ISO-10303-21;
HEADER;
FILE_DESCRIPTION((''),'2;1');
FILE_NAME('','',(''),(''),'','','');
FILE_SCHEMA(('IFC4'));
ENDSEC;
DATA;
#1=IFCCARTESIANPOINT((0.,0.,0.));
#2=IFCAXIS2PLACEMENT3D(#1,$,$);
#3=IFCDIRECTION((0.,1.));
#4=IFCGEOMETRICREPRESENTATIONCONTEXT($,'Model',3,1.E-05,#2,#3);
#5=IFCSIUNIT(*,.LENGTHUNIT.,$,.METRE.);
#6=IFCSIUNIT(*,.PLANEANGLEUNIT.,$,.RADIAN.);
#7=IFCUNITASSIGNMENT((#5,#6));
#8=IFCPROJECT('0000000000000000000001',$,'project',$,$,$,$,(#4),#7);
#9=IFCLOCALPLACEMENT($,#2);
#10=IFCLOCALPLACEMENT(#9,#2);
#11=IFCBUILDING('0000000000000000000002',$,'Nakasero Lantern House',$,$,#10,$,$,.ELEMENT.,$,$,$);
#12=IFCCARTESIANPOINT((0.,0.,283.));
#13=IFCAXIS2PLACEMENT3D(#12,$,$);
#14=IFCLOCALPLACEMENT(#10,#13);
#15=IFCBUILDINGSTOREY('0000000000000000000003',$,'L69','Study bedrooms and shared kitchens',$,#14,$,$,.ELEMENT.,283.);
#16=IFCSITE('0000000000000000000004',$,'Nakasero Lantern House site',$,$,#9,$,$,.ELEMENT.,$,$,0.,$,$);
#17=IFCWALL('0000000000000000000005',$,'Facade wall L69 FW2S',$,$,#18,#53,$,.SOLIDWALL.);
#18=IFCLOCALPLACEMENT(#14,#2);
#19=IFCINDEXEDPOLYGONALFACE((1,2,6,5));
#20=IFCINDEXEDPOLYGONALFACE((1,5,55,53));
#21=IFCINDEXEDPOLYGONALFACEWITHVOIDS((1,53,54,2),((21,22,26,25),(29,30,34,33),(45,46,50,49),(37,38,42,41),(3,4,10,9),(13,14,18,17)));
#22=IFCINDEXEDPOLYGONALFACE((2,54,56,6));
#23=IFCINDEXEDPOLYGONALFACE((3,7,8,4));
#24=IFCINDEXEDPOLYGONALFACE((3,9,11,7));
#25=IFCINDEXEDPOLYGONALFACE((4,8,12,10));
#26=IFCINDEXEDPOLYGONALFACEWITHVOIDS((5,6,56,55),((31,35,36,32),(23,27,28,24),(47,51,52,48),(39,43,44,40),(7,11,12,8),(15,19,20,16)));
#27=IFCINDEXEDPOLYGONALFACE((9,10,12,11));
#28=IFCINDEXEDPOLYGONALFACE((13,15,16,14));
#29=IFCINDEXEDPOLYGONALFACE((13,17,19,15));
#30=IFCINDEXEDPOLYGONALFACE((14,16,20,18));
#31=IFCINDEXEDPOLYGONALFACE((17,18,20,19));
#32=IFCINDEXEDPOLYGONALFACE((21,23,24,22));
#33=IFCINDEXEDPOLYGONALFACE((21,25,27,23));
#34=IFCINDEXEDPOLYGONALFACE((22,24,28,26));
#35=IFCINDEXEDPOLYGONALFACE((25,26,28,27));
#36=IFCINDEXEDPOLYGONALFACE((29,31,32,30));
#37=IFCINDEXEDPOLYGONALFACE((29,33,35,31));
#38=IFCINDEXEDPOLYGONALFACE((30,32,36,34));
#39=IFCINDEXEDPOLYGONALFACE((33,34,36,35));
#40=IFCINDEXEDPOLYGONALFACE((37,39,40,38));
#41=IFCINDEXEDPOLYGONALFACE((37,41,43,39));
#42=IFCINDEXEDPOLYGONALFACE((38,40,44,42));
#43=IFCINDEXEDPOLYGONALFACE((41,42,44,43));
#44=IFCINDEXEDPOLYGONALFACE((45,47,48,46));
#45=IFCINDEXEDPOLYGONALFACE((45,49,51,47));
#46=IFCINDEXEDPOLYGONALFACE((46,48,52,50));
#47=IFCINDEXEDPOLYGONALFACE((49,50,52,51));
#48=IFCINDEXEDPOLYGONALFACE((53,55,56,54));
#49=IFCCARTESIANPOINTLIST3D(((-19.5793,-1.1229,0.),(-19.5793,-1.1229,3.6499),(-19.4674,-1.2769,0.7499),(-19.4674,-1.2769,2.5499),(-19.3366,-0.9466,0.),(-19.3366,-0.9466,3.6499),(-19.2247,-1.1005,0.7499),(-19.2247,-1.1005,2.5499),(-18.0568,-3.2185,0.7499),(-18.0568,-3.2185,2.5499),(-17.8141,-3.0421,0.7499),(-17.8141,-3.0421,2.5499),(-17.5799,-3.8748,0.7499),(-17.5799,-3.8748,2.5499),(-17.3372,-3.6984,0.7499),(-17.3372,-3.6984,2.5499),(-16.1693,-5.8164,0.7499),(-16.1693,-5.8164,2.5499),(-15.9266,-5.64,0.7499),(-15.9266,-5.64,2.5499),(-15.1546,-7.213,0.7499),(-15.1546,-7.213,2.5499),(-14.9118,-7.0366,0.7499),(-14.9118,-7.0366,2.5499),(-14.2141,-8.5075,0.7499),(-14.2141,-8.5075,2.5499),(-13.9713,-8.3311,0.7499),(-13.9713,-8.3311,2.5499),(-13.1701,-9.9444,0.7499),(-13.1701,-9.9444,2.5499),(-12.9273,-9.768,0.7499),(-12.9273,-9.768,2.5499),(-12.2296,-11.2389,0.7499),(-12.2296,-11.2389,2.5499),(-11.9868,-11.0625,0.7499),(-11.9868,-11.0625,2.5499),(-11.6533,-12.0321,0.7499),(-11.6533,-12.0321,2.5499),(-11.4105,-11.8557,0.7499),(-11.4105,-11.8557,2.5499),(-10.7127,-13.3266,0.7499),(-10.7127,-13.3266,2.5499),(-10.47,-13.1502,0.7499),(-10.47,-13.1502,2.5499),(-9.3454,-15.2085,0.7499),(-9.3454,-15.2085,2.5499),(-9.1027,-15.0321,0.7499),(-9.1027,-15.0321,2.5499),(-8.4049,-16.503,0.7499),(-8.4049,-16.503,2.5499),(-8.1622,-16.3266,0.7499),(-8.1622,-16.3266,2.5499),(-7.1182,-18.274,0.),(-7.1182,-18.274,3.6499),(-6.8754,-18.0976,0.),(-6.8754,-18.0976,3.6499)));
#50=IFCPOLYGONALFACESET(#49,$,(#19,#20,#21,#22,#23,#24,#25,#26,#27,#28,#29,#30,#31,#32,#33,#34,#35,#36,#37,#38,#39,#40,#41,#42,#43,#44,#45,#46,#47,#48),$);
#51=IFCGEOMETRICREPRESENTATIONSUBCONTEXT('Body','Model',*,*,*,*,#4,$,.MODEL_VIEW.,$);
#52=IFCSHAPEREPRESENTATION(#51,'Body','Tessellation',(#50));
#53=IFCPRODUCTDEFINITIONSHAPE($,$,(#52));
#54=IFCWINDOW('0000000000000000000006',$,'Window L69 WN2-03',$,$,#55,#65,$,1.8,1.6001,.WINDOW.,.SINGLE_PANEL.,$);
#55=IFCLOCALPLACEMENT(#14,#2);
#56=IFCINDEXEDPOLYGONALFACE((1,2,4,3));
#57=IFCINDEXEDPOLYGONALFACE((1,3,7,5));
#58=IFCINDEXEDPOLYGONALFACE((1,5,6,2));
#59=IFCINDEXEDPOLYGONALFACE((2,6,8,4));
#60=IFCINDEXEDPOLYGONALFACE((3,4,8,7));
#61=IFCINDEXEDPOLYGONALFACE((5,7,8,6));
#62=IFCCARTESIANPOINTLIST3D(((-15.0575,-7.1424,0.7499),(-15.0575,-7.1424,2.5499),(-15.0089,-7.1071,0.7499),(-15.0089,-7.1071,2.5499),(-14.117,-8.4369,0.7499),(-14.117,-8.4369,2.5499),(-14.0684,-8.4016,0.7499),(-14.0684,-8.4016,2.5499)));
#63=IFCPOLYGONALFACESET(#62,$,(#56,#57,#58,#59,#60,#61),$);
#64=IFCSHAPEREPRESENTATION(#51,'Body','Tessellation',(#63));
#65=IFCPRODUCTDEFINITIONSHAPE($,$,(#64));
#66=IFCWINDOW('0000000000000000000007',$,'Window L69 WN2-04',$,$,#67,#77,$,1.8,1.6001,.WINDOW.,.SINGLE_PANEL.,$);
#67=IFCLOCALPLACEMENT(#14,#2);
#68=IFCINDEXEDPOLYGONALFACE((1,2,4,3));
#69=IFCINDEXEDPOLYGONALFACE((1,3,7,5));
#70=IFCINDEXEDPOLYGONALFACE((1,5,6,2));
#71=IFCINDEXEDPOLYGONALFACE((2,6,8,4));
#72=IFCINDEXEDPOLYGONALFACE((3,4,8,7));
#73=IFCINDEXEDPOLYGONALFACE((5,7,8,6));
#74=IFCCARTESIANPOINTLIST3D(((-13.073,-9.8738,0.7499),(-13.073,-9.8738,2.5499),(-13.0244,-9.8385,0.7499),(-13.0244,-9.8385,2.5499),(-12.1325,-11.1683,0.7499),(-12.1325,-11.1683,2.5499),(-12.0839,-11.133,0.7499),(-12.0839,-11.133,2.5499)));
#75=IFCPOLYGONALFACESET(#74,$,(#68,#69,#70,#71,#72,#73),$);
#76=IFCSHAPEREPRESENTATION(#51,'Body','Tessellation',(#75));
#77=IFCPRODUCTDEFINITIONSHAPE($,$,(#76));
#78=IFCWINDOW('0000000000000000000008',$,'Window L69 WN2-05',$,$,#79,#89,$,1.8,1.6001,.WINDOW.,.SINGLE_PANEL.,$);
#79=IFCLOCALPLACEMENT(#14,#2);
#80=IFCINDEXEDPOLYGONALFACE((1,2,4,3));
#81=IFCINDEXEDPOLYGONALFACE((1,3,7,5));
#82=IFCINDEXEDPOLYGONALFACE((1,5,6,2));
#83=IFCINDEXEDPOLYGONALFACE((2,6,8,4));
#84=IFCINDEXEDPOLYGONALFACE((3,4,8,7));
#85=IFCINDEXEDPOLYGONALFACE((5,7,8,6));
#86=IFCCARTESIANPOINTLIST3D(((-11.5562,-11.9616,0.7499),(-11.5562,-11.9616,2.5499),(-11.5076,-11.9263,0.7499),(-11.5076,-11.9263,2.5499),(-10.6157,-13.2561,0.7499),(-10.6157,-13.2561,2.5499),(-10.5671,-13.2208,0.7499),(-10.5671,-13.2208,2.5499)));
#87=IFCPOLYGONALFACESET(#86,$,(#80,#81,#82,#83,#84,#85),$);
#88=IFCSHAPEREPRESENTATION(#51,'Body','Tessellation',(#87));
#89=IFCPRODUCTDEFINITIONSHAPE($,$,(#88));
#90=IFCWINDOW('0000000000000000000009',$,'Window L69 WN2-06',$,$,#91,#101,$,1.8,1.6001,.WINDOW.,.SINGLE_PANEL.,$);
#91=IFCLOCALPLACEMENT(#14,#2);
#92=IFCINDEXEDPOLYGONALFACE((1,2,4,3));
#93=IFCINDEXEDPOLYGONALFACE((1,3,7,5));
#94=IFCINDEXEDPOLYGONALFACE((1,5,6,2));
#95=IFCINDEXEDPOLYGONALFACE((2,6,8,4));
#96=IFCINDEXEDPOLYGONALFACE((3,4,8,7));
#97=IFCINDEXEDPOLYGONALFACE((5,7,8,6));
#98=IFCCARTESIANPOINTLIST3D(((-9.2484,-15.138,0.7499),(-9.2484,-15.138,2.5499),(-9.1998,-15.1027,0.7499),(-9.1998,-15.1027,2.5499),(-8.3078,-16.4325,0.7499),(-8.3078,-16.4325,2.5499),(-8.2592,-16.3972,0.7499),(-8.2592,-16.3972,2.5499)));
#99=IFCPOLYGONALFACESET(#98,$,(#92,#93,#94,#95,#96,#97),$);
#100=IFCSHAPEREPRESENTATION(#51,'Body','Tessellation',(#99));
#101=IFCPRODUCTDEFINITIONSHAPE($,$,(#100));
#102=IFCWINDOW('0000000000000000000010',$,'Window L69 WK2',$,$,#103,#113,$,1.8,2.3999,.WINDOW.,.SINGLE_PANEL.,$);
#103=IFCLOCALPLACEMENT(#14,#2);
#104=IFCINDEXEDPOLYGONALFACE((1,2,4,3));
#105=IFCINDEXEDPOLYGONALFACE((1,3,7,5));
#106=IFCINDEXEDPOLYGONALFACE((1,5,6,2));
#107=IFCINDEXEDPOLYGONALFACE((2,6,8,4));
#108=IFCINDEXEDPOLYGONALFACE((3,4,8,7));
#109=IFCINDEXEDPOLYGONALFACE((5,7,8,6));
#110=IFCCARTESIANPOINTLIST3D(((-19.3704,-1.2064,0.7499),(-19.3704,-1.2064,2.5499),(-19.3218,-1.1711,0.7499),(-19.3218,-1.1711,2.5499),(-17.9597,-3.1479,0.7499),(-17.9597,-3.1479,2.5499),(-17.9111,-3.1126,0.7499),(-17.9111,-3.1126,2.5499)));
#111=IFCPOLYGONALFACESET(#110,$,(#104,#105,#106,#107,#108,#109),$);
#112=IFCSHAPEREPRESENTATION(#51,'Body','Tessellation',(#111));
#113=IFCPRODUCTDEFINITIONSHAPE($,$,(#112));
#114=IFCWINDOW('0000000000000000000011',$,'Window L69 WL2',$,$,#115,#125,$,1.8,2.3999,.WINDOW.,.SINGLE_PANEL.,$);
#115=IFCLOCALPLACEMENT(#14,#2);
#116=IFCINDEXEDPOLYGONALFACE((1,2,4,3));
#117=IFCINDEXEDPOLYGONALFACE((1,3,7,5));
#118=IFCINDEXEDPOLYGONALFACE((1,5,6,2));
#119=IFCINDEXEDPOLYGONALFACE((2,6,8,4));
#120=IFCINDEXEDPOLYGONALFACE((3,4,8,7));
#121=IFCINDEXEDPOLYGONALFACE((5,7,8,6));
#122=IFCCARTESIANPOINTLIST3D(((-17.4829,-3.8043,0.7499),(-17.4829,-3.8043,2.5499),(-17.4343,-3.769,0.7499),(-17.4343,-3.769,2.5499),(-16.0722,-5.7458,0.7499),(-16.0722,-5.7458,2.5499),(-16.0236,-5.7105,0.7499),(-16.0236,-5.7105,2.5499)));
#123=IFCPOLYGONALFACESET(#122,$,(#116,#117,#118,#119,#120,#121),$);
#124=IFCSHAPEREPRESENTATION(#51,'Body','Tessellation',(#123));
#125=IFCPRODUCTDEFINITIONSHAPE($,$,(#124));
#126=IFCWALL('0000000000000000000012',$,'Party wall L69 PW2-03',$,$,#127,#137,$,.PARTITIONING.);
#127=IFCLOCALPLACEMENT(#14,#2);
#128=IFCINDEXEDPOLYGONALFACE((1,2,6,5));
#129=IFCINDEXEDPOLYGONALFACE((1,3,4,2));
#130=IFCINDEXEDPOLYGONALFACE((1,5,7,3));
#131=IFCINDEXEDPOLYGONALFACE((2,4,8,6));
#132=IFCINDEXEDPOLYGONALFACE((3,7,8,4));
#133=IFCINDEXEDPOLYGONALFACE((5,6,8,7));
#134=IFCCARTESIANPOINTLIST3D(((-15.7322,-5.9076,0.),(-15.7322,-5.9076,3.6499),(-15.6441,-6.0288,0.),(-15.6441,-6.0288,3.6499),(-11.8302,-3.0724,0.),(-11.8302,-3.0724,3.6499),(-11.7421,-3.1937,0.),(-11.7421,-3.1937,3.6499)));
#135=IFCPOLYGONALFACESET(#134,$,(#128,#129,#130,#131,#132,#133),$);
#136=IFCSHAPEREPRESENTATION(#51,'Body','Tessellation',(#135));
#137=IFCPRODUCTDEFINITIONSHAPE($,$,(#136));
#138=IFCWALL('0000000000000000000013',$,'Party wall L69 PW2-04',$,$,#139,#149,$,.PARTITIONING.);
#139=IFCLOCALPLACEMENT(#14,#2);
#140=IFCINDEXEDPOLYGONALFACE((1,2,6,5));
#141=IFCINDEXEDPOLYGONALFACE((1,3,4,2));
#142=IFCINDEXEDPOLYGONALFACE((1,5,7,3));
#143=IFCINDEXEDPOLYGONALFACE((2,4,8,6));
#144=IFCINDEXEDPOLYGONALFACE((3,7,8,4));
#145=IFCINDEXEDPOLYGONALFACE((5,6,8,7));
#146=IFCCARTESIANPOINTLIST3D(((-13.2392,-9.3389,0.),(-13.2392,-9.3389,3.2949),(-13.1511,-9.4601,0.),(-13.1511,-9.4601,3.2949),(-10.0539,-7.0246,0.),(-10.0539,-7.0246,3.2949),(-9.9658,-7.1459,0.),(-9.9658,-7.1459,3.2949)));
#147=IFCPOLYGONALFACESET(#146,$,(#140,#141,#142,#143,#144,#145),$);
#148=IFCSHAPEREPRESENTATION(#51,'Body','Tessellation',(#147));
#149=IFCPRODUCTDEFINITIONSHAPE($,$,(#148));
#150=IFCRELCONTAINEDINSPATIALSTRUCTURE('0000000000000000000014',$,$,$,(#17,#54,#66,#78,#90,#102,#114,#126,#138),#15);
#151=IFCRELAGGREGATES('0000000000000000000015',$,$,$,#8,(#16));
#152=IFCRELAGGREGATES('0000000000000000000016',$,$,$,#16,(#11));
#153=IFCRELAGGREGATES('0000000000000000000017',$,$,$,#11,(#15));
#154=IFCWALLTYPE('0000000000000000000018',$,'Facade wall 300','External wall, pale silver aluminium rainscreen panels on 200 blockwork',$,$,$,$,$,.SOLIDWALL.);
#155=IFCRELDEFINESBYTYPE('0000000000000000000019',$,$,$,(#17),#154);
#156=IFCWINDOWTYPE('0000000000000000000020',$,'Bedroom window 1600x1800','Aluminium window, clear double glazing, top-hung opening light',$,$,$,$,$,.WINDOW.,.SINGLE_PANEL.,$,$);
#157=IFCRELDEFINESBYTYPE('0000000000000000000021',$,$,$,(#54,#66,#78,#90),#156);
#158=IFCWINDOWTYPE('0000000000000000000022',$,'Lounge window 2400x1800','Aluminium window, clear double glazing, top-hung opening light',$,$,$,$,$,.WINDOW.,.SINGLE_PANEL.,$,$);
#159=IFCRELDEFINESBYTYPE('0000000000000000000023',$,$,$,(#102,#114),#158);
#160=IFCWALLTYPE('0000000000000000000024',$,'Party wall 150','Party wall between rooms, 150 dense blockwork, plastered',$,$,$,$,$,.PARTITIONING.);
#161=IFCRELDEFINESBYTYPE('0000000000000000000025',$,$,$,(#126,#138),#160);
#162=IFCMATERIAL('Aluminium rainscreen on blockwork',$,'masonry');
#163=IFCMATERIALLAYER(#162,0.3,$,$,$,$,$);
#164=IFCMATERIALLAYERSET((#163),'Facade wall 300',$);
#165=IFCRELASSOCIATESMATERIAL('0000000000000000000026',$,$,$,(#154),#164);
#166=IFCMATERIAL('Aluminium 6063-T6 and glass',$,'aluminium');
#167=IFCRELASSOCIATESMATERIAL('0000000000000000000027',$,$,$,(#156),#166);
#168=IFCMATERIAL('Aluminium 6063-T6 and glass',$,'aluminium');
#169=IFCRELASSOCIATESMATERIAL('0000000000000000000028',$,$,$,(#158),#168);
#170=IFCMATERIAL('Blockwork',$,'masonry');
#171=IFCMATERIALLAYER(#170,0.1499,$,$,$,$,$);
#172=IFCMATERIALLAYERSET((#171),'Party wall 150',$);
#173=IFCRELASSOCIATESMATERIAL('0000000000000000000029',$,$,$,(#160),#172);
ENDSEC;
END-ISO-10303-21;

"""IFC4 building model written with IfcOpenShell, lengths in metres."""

from ifc_helpers import new_model, si_unit, direction, frame, frame_2d, origin, place, context, subcontext, project, spatial, rectangle, extrude, material, layer, layer_set, type_object, element, fill, save


model = new_model("IFC4")

# Units and contexts
model_context = context("Model", 3, precision=1e-05, world=origin(), true_north=direction((0.0, 1.0)))
body_context = subcontext(model_context, "Body", "Model", "MODEL_VIEW")
ifc_project = project(units=[si_unit("LENGTHUNIT", "METRE"), si_unit("PLANEANGLEUNIT", "RADIAN")], contexts=[model_context])

# Site, building, storey
site_placement = place(None, origin())
site = spatial("IfcSite", under=ifc_project, at=site_placement, Name="Nakasero Lantern House site", CompositionType="ELEMENT", RefElevation=0.0)
building_placement = place(site_placement, origin())
building = spatial("IfcBuilding", under=site, at=building_placement, Name="Nakasero Lantern House", CompositionType="ELEMENT")
storey_placement = place(building_placement, frame((0.0, 0.0, 283.0)))
storey = spatial("IfcBuildingStorey", under=building, at=storey_placement, Name="L69", Description="Study bedrooms and shared kitchens", CompositionType="ELEMENT", Elevation=283.0)

# Wall, openings, windows
ifc_material_1 = material(Name="Aluminium rainscreen on blockwork", Category="masonry")
ifc_layer_1 = layer(ifc_material_1, 0.3)
ifc_layer_set_1 = layer_set([ifc_layer_1], Name="Facade wall 300")
wall_type_1 = type_object("IfcWallType", Name="Facade wall 300", Description="External wall, pale silver aluminium rainscreen panels on 200 blockwork", PredefinedType="SOLIDWALL", material=ifc_layer_set_1)
wall_1_placement = place(storey_placement, frame((-19.458, -1.0347, 0.0), z_axis=(0.0, 0.0, 1.0), x_axis=(0.58779, -0.809013, 0.0)))
wall_1 = element("IfcWall", 1, at=wall_1_placement, inside=storey, type_object=wall_type_1, Name="Facade wall L69 FW2S", PredefinedType="SOLIDWALL", context=body_context, shape_type="SweptSolid", body=[
    extrude(rectangle(XDim=21.2, YDim=0.3, at=frame_2d((10.6001, 0.0))), origin(), (0.0, 0.0, 1.0), 3.6499),
])
opening_1_placement = place(wall_1_placement, frame((7.5278, 0.0, 0.75)))
opening_1 = element("IfcOpeningElement", 2, at=opening_1_placement, cuts=wall_1, PredefinedType="OPENING", context=body_context, shape_type="SweptSolid", body=[
    extrude(rectangle(XDim=1.6001, YDim=1.8, at=frame_2d((0.8, 0.8999))), frame((0.0, 0.1699, 0.0), z_axis=(0.0, -1.0, 0.0), x_axis=(1.0, 0.0, 0.0)), (0.0, 0.0, 1.0), 0.3401),
])
opening_2_placement = place(wall_1_placement, frame((10.9041, 0.0, 0.75)))
opening_2 = element("IfcOpeningElement", 3, at=opening_2_placement, cuts=wall_1, PredefinedType="OPENING", context=body_context, shape_type="SweptSolid", body=[
    extrude(rectangle(XDim=1.6001, YDim=1.8, at=frame_2d((0.8, 0.8999))), frame((0.0, 0.1699, 0.0), z_axis=(0.0, -1.0, 0.0), x_axis=(1.0, 0.0, 0.0)), (0.0, 0.0, 1.0), 0.3401),
])
opening_3_placement = place(wall_1_placement, frame((13.4846, 0.0, 0.75)))
opening_3 = element("IfcOpeningElement", 4, at=opening_3_placement, cuts=wall_1, PredefinedType="OPENING", context=body_context, shape_type="SweptSolid", body=[
    extrude(rectangle(XDim=1.6001, YDim=1.8, at=frame_2d((0.8, 0.8999))), frame((0.0, 0.1699, 0.0), z_axis=(0.0, -1.0, 0.0), x_axis=(1.0, 0.0, 0.0)), (0.0, 0.0, 1.0), 0.3401),
])
opening_4_placement = place(wall_1_placement, frame((17.4109, 0.0, 0.75)))
opening_4 = element("IfcOpeningElement", 5, at=opening_4_placement, cuts=wall_1, PredefinedType="OPENING", context=body_context, shape_type="SweptSolid", body=[
    extrude(rectangle(XDim=1.6001, YDim=1.8, at=frame_2d((0.8, 0.8999))), frame((0.0, 0.1699, 0.0), z_axis=(0.0, -1.0, 0.0), x_axis=(1.0, 0.0, 0.0)), (0.0, 0.0, 1.0), 0.3401),
])
opening_5_placement = place(wall_1_placement, frame((0.1904, 0.0, 0.75)))
opening_5 = element("IfcOpeningElement", 6, at=opening_5_placement, cuts=wall_1, PredefinedType="OPENING", context=body_context, shape_type="SweptSolid", body=[
    extrude(rectangle(XDim=2.3999, YDim=1.8, at=frame_2d((1.2, 0.8999))), frame((0.0, 0.1699, 0.0), z_axis=(0.0, -1.0, 0.0), x_axis=(1.0, 0.0, 0.0)), (0.0, 0.0, 1.0), 0.3401),
])
opening_6_placement = place(wall_1_placement, frame((3.4016, 0.0, 0.75)))
opening_6 = element("IfcOpeningElement", 7, at=opening_6_placement, cuts=wall_1, PredefinedType="OPENING", context=body_context, shape_type="SweptSolid", body=[
    extrude(rectangle(XDim=2.3999, YDim=1.8, at=frame_2d((1.2, 0.8999))), frame((0.0, 0.1699, 0.0), z_axis=(0.0, -1.0, 0.0), x_axis=(1.0, 0.0, 0.0)), (0.0, 0.0, 1.0), 0.3401),
])
ifc_material_2 = material(Name="Aluminium 6063-T6 and glass", Category="aluminium")
window_type_1 = type_object("IfcWindowType", Name="Bedroom window 1600x1800", Description="Aluminium window, clear double glazing, top-hung opening light", PartitioningType="SINGLE_PANEL", PredefinedType="WINDOW", material=ifc_material_2)
window_1_placement = place(opening_1_placement, origin())
window_1 = element("IfcWindow", 8, at=window_1_placement, inside=storey, type_object=window_type_1, Name="Window L69 WN2-03", OverallHeight=1.8, OverallWidth=1.6001, PartitioningType="SINGLE_PANEL", PredefinedType="WINDOW", context=body_context, shape_type="SweptSolid", body=[
    extrude(rectangle(XDim=1.6001, YDim=1.8, at=frame_2d((0.8, 0.8999))), frame((0.0, 0.03, 0.0), z_axis=(0.0, -1.0, 0.0), x_axis=(1.0, 0.0, 0.0)), (0.0, 0.0, 1.0), 0.0601),
])
fill(opening_1, window_1)
window_2_placement = place(opening_2_placement, origin())
window_2 = element("IfcWindow", 9, at=window_2_placement, inside=storey, type_object=window_type_1, Name="Window L69 WN2-04", OverallHeight=1.8, OverallWidth=1.6001, PartitioningType="SINGLE_PANEL", PredefinedType="WINDOW", context=body_context, shape_type="SweptSolid", body=[
    extrude(rectangle(XDim=1.6001, YDim=1.8, at=frame_2d((0.8, 0.8999))), frame((0.0, 0.03, 0.0), z_axis=(0.0, -1.0, 0.0), x_axis=(1.0, 0.0, 0.0)), (0.0, 0.0, 1.0), 0.0601),
])
fill(opening_2, window_2)
window_3_placement = place(opening_3_placement, origin())
window_3 = element("IfcWindow", 10, at=window_3_placement, inside=storey, type_object=window_type_1, Name="Window L69 WN2-05", OverallHeight=1.8, OverallWidth=1.6001, PartitioningType="SINGLE_PANEL", PredefinedType="WINDOW", context=body_context, shape_type="SweptSolid", body=[
    extrude(rectangle(XDim=1.6001, YDim=1.8, at=frame_2d((0.8, 0.8999))), frame((0.0, 0.03, 0.0), z_axis=(0.0, -1.0, 0.0), x_axis=(1.0, 0.0, 0.0)), (0.0, 0.0, 1.0), 0.0601),
])
fill(opening_3, window_3)
window_4_placement = place(opening_4_placement, origin())
window_4 = element("IfcWindow", 11, at=window_4_placement, inside=storey, type_object=window_type_1, Name="Window L69 WN2-06", OverallHeight=1.8, OverallWidth=1.6001, PartitioningType="SINGLE_PANEL", PredefinedType="WINDOW", context=body_context, shape_type="SweptSolid", body=[
    extrude(rectangle(XDim=1.6001, YDim=1.8, at=frame_2d((0.8, 0.8999))), frame((0.0, 0.03, 0.0), z_axis=(0.0, -1.0, 0.0), x_axis=(1.0, 0.0, 0.0)), (0.0, 0.0, 1.0), 0.0601),
])
fill(opening_4, window_4)
ifc_material_3 = material(Name="Aluminium 6063-T6 and glass", Category="aluminium")
window_type_2 = type_object("IfcWindowType", Name="Lounge window 2400x1800", Description="Aluminium window, clear double glazing, top-hung opening light", PartitioningType="SINGLE_PANEL", PredefinedType="WINDOW", material=ifc_material_3)
window_5_placement = place(opening_5_placement, origin())
window_5 = element("IfcWindow", 12, at=window_5_placement, inside=storey, type_object=window_type_2, Name="Window L69 WK2", OverallHeight=1.8, OverallWidth=2.3999, PartitioningType="SINGLE_PANEL", PredefinedType="WINDOW", context=body_context, shape_type="SweptSolid", body=[
    extrude(rectangle(XDim=2.3999, YDim=1.8, at=frame_2d((1.2, 0.8999))), frame((0.0, 0.03, 0.0), z_axis=(0.0, -1.0, 0.0), x_axis=(1.0, 0.0, 0.0)), (0.0, 0.0, 1.0), 0.0601),
])
fill(opening_5, window_5)
window_6_placement = place(opening_6_placement, origin())
window_6 = element("IfcWindow", 13, at=window_6_placement, inside=storey, type_object=window_type_2, Name="Window L69 WL2", OverallHeight=1.8, OverallWidth=2.3999, PartitioningType="SINGLE_PANEL", PredefinedType="WINDOW", context=body_context, shape_type="SweptSolid", body=[
    extrude(rectangle(XDim=2.3999, YDim=1.8, at=frame_2d((1.2, 0.8999))), frame((0.0, 0.03, 0.0), z_axis=(0.0, -1.0, 0.0), x_axis=(1.0, 0.0, 0.0)), (0.0, 0.0, 1.0), 0.0601),
])
fill(opening_6, window_6)

# Walls
ifc_material_4 = material(Name="Blockwork", Category="masonry")
ifc_layer_2 = layer(ifc_material_4, 0.1499)
ifc_layer_set_2 = layer_set([ifc_layer_2], Name="Party wall 150")
wall_type_2 = type_object("IfcWallType", Name="Party wall 150", Description="Party wall between rooms, 150 dense blockwork, plastered", PredefinedType="PARTITIONING", material=ifc_layer_set_2)
wall_2_placement = place(storey_placement, frame((-11.7861, -3.1331, 0.0), z_axis=(0.0, 0.0, 1.0), x_axis=(-0.809001, -0.587807, 0.0)))
element("IfcWall", 14, at=wall_2_placement, inside=storey, type_object=wall_type_2, Name="Party wall L69 PW2-03", PredefinedType="PARTITIONING", context=body_context, shape_type="SweptSolid", body=[
    extrude(rectangle(XDim=4.8232, YDim=0.1499, at=frame_2d((2.4116, 0.0))), origin(), (0.0, 0.0, 1.0), 3.6499),
])
wall_3_placement = place(storey_placement, frame((-10.0098, -7.0852, 0.0), z_axis=(0.0, 0.0, 1.0), x_axis=(-0.809023, -0.587777, 0.0)))
element("IfcWall", 15, at=wall_3_placement, inside=storey, type_object=wall_type_2, Name="Party wall L69 PW2-04", PredefinedType="PARTITIONING", context=body_context, shape_type="SweptSolid", body=[
    extrude(rectangle(XDim=3.9373, YDim=0.1499, at=frame_2d((1.9688, 0.0))), origin(), (0.0, 0.0, 1.0), 3.2949),
])

save(model, "model.ifc")
